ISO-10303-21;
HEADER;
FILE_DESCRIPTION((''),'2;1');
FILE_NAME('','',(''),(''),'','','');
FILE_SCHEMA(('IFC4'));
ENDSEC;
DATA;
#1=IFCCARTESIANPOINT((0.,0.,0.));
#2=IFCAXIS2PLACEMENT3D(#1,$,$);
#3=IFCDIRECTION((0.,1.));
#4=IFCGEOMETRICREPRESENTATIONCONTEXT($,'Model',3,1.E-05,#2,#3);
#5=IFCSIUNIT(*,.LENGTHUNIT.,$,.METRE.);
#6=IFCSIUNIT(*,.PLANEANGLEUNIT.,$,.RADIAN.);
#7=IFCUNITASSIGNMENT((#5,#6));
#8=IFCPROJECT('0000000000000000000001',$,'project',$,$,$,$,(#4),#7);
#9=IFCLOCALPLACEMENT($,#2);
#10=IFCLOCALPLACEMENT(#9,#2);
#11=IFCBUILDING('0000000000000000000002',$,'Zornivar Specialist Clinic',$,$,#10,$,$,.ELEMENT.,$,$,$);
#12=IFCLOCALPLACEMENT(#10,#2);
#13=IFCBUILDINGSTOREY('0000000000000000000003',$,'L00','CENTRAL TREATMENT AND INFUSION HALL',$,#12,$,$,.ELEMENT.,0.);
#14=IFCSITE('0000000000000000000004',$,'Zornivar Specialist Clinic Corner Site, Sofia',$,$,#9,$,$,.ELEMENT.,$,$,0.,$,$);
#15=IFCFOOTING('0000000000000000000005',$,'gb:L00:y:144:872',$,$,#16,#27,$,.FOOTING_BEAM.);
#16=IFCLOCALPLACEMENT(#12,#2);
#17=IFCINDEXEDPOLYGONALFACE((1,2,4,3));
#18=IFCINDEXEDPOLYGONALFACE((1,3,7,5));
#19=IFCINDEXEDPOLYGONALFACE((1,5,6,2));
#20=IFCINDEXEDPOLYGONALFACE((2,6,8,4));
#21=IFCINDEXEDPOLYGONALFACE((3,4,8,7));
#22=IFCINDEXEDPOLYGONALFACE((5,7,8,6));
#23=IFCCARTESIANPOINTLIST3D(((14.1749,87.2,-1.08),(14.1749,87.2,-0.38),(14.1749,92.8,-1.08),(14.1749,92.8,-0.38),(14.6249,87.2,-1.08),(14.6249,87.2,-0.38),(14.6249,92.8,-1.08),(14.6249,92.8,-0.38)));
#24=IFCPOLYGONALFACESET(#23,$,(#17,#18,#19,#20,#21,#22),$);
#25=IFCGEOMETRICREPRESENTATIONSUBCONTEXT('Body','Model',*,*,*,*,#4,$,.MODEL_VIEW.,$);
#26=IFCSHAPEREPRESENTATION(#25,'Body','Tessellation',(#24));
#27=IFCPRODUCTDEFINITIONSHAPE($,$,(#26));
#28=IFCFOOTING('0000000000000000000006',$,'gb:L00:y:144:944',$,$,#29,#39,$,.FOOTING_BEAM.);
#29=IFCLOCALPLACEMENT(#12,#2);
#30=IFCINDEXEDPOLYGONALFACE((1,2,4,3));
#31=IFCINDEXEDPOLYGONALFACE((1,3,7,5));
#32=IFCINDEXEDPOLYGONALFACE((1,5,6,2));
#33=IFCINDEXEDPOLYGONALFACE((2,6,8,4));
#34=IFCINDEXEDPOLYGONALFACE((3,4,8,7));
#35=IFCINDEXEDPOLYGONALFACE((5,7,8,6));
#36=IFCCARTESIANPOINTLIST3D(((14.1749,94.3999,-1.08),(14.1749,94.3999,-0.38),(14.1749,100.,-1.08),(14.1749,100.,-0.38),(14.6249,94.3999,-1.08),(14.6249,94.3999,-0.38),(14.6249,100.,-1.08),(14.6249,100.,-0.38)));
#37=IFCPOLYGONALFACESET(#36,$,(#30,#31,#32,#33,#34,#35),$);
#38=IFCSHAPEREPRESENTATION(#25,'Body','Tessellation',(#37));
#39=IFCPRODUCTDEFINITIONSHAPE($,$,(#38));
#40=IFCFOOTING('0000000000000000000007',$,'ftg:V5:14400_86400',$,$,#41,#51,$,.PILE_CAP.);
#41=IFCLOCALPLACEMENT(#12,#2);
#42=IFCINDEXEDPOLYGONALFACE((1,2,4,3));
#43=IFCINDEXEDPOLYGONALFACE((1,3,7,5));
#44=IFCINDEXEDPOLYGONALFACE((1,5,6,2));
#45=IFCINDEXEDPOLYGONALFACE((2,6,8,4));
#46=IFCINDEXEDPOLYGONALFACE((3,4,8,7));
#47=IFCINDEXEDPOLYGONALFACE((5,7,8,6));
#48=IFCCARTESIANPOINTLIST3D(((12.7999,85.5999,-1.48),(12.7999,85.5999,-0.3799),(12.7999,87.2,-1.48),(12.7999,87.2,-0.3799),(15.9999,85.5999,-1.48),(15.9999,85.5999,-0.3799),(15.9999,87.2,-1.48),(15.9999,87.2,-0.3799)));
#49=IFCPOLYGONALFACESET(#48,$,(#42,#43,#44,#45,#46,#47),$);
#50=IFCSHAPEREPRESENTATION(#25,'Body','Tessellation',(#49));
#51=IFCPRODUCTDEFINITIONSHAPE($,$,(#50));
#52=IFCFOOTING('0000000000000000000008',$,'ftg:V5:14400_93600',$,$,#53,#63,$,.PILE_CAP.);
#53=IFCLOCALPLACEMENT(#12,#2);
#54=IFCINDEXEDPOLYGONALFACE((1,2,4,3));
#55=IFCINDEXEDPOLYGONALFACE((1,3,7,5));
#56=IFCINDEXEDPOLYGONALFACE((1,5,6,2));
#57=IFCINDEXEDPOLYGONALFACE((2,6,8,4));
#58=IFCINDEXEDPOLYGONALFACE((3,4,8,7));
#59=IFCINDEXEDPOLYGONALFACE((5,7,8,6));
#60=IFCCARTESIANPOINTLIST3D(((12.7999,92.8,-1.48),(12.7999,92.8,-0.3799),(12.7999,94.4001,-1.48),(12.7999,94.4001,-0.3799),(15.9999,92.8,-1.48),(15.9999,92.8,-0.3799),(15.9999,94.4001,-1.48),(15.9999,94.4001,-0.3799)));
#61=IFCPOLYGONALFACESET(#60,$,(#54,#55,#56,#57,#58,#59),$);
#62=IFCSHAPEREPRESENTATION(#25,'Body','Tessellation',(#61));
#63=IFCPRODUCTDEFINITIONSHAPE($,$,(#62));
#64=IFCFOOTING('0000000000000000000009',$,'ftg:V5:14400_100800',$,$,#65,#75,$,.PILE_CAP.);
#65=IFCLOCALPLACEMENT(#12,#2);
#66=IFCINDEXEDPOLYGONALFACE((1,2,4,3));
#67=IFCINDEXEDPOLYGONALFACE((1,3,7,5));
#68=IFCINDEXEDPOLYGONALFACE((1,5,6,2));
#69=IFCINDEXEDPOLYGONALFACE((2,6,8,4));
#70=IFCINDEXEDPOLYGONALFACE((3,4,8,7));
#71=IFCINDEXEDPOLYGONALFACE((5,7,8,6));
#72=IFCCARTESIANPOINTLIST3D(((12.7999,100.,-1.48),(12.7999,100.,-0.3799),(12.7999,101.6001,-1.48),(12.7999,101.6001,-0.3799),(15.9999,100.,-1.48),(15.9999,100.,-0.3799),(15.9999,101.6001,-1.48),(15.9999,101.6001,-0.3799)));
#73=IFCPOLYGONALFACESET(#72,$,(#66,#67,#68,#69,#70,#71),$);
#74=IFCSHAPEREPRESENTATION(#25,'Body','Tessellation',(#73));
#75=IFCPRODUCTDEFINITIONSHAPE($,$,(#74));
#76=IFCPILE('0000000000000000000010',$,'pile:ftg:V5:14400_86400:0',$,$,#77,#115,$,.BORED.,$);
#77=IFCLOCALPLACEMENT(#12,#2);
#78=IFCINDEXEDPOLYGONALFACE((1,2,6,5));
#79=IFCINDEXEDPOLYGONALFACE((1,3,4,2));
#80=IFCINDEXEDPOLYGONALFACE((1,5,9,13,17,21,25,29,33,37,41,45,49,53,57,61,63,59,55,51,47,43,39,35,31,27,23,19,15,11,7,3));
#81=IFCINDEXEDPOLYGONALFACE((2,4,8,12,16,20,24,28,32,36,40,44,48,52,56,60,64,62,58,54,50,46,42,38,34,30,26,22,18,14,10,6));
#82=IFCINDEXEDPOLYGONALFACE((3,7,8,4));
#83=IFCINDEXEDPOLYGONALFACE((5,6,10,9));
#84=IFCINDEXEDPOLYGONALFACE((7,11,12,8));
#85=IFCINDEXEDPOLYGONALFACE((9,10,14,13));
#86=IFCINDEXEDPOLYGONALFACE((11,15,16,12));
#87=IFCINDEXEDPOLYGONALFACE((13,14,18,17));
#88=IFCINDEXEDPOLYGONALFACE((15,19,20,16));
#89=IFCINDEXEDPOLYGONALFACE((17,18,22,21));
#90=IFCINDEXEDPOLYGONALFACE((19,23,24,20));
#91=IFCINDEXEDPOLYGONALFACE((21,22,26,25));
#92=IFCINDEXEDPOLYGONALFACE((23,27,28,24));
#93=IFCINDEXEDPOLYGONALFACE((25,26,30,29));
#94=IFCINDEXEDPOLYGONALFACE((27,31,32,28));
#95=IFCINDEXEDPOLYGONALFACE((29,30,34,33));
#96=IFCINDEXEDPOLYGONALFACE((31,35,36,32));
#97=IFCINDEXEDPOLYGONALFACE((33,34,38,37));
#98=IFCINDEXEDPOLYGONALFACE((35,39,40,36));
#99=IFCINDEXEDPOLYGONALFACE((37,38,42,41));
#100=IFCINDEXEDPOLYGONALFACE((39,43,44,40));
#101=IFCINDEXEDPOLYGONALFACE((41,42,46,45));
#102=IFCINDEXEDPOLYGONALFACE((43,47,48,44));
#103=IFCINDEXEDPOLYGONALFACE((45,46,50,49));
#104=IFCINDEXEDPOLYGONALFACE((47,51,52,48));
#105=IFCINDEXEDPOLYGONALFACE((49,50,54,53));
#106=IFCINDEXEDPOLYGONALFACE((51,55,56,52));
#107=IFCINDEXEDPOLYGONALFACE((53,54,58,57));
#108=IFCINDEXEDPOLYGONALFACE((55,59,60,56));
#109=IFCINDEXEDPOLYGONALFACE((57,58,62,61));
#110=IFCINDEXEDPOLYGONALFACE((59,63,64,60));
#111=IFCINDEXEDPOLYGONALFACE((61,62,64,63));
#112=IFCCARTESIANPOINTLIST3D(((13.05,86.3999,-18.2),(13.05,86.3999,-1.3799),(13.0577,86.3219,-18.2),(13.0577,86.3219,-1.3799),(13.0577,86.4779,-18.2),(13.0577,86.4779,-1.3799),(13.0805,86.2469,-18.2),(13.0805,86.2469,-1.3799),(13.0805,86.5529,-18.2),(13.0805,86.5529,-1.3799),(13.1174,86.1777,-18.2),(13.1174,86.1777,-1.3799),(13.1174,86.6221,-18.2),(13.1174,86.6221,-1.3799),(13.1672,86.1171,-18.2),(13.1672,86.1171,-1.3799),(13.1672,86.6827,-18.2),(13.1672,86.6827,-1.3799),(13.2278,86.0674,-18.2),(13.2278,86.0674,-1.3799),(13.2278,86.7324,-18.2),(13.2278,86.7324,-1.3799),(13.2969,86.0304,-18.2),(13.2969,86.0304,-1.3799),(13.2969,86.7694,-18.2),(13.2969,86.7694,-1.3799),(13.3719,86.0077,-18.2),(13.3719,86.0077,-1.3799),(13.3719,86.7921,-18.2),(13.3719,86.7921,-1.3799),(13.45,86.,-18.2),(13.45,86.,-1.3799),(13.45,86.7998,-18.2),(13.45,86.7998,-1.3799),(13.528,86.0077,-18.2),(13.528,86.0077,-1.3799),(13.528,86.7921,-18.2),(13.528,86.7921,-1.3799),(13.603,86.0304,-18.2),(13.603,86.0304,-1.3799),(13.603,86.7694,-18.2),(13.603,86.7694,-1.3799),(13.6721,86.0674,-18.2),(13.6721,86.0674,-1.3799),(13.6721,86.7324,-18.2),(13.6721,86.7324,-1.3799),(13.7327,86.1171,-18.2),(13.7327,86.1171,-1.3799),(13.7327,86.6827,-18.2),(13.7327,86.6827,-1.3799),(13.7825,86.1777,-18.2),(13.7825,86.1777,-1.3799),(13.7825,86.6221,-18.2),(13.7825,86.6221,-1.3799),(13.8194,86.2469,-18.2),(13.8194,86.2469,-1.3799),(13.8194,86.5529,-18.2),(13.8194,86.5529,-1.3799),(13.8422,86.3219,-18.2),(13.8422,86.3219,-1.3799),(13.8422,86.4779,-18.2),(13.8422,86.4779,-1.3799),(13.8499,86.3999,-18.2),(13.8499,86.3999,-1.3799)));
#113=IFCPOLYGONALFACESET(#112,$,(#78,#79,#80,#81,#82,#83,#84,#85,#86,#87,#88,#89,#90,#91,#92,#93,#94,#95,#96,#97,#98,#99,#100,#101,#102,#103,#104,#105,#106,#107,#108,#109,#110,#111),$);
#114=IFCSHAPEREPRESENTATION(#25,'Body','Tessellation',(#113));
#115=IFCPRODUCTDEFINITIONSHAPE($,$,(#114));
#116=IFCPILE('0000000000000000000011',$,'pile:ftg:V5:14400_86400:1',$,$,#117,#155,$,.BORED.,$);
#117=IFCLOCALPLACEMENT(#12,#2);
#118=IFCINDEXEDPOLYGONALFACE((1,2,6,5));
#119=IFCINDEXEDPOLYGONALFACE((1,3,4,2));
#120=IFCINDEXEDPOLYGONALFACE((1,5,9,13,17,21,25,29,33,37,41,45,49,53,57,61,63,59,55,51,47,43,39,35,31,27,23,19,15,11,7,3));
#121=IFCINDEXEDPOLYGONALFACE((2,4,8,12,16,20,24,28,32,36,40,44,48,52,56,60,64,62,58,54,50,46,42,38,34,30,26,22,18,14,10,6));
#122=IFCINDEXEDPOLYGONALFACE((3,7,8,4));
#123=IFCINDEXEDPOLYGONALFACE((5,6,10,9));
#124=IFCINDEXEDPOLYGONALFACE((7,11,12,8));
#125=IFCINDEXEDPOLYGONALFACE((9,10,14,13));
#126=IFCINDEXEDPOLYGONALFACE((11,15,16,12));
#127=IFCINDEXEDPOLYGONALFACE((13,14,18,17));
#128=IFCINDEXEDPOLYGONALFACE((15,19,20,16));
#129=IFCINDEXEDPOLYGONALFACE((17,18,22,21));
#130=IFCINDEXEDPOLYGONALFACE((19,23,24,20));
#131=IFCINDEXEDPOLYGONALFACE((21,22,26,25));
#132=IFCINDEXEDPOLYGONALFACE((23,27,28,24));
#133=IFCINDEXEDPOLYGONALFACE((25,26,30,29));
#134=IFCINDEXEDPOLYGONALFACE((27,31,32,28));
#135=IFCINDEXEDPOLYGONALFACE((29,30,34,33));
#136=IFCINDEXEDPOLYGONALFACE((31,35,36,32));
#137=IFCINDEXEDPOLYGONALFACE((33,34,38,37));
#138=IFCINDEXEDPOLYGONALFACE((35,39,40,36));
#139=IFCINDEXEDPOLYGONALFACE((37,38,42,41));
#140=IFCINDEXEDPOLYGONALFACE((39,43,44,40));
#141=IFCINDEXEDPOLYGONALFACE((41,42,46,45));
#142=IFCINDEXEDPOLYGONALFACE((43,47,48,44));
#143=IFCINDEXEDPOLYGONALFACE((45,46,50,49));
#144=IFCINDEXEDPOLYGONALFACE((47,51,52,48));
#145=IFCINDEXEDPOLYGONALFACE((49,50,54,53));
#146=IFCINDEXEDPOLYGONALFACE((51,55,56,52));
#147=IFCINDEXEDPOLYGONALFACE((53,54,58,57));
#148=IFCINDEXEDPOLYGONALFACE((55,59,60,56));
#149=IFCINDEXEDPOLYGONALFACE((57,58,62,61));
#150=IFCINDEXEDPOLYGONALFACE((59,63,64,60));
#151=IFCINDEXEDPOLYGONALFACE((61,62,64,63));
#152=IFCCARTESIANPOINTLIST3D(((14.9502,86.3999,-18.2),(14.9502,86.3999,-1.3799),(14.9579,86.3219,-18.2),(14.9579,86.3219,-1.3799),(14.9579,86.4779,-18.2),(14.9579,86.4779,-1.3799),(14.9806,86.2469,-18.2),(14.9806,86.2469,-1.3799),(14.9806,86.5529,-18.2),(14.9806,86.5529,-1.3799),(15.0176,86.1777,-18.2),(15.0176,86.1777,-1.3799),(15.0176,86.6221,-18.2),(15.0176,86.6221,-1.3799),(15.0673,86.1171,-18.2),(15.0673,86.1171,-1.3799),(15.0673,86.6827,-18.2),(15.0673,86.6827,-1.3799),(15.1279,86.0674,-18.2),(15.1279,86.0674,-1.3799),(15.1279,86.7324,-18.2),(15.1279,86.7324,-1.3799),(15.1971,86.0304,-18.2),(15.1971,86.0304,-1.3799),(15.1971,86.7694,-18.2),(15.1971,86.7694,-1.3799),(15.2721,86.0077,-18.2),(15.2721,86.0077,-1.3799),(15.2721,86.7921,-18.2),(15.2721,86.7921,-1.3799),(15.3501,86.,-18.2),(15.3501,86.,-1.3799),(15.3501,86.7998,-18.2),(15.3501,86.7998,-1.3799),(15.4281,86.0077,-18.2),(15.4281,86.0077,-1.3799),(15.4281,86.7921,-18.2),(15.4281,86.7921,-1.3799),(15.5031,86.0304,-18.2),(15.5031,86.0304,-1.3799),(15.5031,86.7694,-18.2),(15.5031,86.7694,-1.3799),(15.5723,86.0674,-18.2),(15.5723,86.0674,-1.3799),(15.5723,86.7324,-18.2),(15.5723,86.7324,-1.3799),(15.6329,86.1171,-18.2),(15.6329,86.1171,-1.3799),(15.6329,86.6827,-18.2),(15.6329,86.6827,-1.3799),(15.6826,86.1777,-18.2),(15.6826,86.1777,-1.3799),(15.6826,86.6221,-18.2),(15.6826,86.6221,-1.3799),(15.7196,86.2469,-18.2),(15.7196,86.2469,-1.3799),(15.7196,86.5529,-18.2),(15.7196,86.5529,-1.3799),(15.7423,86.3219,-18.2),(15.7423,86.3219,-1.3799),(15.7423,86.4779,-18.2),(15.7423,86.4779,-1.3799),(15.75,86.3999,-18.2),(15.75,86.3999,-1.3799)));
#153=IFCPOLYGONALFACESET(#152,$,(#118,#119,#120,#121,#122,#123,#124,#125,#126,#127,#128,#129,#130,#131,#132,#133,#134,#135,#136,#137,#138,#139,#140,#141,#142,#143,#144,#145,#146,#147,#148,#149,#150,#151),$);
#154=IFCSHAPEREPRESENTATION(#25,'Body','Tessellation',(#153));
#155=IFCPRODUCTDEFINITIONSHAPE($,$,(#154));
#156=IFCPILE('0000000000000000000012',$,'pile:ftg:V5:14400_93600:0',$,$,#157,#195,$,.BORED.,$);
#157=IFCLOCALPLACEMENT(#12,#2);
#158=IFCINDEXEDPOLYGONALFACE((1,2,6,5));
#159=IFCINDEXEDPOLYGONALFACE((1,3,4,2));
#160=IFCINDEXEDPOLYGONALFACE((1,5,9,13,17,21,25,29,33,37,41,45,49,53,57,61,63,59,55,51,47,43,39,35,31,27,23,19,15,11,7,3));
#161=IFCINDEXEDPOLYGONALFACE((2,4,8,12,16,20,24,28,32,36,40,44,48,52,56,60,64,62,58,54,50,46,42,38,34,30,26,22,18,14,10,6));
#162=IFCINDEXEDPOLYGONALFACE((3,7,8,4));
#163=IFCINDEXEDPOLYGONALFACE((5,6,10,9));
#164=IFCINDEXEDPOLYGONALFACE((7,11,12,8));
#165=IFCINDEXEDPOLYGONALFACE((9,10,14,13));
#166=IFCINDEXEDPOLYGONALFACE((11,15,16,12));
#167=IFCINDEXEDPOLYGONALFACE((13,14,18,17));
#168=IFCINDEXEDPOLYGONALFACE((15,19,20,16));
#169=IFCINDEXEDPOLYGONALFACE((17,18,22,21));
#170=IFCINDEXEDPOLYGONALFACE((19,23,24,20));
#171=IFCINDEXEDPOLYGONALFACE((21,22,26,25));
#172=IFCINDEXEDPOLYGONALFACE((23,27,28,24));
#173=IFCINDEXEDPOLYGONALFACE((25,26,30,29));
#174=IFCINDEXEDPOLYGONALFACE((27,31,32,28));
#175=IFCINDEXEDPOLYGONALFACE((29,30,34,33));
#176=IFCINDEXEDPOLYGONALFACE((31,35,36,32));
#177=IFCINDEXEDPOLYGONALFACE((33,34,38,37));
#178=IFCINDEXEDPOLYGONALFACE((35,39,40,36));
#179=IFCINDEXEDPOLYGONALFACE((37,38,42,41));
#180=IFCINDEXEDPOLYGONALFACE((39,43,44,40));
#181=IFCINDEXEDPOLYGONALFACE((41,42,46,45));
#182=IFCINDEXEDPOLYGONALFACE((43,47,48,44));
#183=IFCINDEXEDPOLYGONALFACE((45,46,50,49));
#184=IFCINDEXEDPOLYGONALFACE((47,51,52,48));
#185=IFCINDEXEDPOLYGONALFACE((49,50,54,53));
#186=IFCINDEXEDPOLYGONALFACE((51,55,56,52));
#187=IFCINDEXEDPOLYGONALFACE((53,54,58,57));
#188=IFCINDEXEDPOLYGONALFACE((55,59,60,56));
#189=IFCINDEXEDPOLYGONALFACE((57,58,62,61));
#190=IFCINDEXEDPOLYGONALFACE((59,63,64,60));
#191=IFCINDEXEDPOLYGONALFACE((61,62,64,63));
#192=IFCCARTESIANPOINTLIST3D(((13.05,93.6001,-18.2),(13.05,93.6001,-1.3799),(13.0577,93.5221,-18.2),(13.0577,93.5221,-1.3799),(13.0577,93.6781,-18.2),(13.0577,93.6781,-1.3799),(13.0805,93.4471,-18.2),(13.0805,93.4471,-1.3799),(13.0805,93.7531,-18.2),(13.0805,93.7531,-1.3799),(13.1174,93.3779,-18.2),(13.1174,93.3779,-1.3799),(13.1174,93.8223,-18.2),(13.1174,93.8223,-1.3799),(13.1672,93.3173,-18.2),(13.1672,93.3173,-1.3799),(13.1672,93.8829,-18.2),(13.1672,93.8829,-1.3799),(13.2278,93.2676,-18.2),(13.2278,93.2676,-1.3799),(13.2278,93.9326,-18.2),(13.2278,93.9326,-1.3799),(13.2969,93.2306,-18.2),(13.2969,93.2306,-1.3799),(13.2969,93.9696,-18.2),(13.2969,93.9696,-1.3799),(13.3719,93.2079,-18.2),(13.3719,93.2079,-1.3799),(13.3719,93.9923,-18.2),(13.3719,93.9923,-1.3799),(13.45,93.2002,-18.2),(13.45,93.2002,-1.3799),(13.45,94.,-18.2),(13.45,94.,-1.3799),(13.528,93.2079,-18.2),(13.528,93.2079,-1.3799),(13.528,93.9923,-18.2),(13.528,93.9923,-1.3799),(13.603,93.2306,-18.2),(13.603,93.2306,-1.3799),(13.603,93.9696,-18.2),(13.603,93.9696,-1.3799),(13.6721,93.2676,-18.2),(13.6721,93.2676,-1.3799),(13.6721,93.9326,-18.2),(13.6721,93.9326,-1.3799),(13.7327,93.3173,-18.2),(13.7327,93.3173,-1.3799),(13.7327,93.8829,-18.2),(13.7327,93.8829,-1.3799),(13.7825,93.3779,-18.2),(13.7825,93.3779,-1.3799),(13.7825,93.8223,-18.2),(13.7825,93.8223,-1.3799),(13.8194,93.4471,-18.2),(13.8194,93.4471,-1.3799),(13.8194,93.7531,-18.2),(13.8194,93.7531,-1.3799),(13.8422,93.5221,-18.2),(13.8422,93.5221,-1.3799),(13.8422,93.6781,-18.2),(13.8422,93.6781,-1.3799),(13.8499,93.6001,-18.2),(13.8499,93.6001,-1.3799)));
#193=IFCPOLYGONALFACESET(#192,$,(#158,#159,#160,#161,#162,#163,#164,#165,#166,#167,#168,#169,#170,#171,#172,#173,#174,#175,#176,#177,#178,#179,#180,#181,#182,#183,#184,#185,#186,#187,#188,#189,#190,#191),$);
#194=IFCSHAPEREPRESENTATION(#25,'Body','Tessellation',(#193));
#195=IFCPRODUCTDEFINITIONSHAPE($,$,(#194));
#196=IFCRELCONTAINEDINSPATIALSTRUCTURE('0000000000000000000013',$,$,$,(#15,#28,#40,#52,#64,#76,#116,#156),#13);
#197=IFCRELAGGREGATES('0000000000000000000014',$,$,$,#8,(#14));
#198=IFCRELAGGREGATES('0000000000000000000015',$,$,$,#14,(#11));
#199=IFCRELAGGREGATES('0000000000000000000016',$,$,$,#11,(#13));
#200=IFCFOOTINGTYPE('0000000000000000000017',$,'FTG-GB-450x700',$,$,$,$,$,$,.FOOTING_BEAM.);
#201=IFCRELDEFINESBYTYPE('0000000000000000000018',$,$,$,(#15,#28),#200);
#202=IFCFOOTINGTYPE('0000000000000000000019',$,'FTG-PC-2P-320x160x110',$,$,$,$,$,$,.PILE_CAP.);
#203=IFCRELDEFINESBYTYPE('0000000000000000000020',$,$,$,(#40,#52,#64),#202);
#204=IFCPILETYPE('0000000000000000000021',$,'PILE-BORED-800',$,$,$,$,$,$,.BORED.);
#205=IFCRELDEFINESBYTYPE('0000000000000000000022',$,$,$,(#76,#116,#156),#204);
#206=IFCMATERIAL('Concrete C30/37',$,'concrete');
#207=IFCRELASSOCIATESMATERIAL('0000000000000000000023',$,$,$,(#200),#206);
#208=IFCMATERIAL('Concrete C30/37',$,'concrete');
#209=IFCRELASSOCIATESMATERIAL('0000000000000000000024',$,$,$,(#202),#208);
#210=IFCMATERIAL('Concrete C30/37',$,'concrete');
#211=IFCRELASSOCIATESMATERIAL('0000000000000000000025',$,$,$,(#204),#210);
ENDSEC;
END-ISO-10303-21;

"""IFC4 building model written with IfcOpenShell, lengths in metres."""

from ifc_helpers import new_model, si_unit, direction, frame, origin, origin_2d, place, context, subcontext, project, spatial, rectangle, circle, extrude, material, material_profile, profile_set, type_object, element, save


model = new_model("IFC4")

# Units and contexts
model_context = context("Model", 3, precision=1e-05, world=origin(), true_north=direction((0.0, 1.0)))
body_context = subcontext(model_context, "Body", "Model", "MODEL_VIEW")
ifc_project = project(units=[si_unit("LENGTHUNIT", "METRE"), si_unit("PLANEANGLEUNIT", "RADIAN")], contexts=[model_context])

# Site, building, storey
site_placement = place(None, origin())
site = spatial("IfcSite", under=ifc_project, at=site_placement, Name="Zornivar Specialist Clinic Corner Site, Sofia", CompositionType="ELEMENT", RefElevation=0.0)
building_placement = place(site_placement, origin())
building = spatial("IfcBuilding", under=site, at=building_placement, Name="Zornivar Specialist Clinic", CompositionType="ELEMENT")
storey_placement = place(building_placement, origin())
storey = spatial("IfcBuildingStorey", under=building, at=storey_placement, Name="L00", Description="CENTRAL TREATMENT AND INFUSION HALL", CompositionType="ELEMENT", Elevation=0.0)

# Footings
ifc_material_1 = material(Name="Concrete C30/37", Category="concrete")
ifc_material_profile_1 = material_profile(ifc_material_1, rectangle(XDim=0.45, YDim=0.7, at=origin_2d()), Name="RC 450x700")
ifc_profile_set_1 = profile_set([ifc_material_profile_1], Name="Concrete C30/37")
footing_type_1 = type_object("IfcFootingType", Name="FTG-GB-450x700", PredefinedType="FOOTING_BEAM", material=ifc_profile_set_1)
for number, where, z_axis, x_axis, name in (
    (1, (14.3999, 87.2, -0.73), (0.0, 1.0, 0.0), (-1.0, 0.0, 0.0), "gb:L00:y:144:872"),
    (2, (14.3999, 94.3999, -0.73), (0.0, 1.0, 0.0), (-1.0, 0.0, 0.0), "gb:L00:y:144:944"),
):
    element("IfcFooting", number, at=place(storey_placement, frame(where, z_axis=z_axis, x_axis=x_axis)), inside=storey, type_object=footing_type_1, Name=name, PredefinedType="FOOTING_BEAM", context=body_context, shape_type="SweptSolid", body=[
        extrude(rectangle(XDim=0.45, YDim=0.7, at=origin_2d()), origin(), (0.0, 0.0, 1.0), 5.6001),
    ])
ifc_material_2 = material(Name="Concrete C30/37", Category="concrete")
footing_type_2 = type_object("IfcFootingType", Name="FTG-PC-2P-320x160x110", PredefinedType="PILE_CAP", material=ifc_material_2)
for number, where, z_axis, x_axis, name in (
    (3, (14.3999, 86.3999, -1.48), (0.0, 0.0, 1.0), (1.0, 0.0, 0.0), "ftg:V5:14400_86400"),
    (4, (14.3999, 93.6001, -1.48), (0.0, 0.0, 1.0), (1.0, 0.0, 0.0), "ftg:V5:14400_93600"),
    (5, (14.3999, 100.8, -1.48), (0.0, 0.0, 1.0), (1.0, 0.0, 0.0), "ftg:V5:14400_100800"),
):
    element("IfcFooting", number, at=place(storey_placement, frame(where, z_axis=z_axis, x_axis=x_axis)), inside=storey, type_object=footing_type_2, Name=name, PredefinedType="PILE_CAP", context=body_context, shape_type="SweptSolid", body=[
        extrude(rectangle(XDim=3.2, YDim=1.6001, at=origin_2d()), origin(), (0.0, 0.0, 1.0), 1.1001),
    ])

# Piles
ifc_material_3 = material(Name="Concrete C30/37", Category="concrete")
ifc_material_profile_2 = material_profile(ifc_material_3, circle(Radius=0.3999, at=origin_2d()), Name="PILE D800")
ifc_profile_set_2 = profile_set([ifc_material_profile_2], Name="Concrete C30/37")
pile_type = type_object("IfcPileType", Name="PILE-BORED-800", PredefinedType="BORED", material=ifc_profile_set_2)
for number, where, z_axis, x_axis, name in (
    (6, (13.45, 86.3999, -1.3799), (0.0, 0.0, -1.0), (1.0, 0.0, 0.0), "pile:ftg:V5:14400_86400:0"),
    (7, (15.3501, 86.3999, -1.3799), (0.0, 0.0, -1.0), (1.0, 0.0, 0.0), "pile:ftg:V5:14400_86400:1"),
    (8, (13.45, 93.6001, -1.3799), (0.0, 0.0, -1.0), (1.0, 0.0, 0.0), "pile:ftg:V5:14400_93600:0"),
):
    element("IfcPile", number, at=place(storey_placement, frame(where, z_axis=z_axis, x_axis=x_axis)), inside=storey, type_object=pile_type, Name=name, PredefinedType="BORED", context=body_context, shape_type="SweptSolid", body=[
        extrude(circle(Radius=0.3999, at=origin_2d()), origin(), (0.0, 0.0, 1.0), 16.8201),
    ])

save(model, "model.ifc")
